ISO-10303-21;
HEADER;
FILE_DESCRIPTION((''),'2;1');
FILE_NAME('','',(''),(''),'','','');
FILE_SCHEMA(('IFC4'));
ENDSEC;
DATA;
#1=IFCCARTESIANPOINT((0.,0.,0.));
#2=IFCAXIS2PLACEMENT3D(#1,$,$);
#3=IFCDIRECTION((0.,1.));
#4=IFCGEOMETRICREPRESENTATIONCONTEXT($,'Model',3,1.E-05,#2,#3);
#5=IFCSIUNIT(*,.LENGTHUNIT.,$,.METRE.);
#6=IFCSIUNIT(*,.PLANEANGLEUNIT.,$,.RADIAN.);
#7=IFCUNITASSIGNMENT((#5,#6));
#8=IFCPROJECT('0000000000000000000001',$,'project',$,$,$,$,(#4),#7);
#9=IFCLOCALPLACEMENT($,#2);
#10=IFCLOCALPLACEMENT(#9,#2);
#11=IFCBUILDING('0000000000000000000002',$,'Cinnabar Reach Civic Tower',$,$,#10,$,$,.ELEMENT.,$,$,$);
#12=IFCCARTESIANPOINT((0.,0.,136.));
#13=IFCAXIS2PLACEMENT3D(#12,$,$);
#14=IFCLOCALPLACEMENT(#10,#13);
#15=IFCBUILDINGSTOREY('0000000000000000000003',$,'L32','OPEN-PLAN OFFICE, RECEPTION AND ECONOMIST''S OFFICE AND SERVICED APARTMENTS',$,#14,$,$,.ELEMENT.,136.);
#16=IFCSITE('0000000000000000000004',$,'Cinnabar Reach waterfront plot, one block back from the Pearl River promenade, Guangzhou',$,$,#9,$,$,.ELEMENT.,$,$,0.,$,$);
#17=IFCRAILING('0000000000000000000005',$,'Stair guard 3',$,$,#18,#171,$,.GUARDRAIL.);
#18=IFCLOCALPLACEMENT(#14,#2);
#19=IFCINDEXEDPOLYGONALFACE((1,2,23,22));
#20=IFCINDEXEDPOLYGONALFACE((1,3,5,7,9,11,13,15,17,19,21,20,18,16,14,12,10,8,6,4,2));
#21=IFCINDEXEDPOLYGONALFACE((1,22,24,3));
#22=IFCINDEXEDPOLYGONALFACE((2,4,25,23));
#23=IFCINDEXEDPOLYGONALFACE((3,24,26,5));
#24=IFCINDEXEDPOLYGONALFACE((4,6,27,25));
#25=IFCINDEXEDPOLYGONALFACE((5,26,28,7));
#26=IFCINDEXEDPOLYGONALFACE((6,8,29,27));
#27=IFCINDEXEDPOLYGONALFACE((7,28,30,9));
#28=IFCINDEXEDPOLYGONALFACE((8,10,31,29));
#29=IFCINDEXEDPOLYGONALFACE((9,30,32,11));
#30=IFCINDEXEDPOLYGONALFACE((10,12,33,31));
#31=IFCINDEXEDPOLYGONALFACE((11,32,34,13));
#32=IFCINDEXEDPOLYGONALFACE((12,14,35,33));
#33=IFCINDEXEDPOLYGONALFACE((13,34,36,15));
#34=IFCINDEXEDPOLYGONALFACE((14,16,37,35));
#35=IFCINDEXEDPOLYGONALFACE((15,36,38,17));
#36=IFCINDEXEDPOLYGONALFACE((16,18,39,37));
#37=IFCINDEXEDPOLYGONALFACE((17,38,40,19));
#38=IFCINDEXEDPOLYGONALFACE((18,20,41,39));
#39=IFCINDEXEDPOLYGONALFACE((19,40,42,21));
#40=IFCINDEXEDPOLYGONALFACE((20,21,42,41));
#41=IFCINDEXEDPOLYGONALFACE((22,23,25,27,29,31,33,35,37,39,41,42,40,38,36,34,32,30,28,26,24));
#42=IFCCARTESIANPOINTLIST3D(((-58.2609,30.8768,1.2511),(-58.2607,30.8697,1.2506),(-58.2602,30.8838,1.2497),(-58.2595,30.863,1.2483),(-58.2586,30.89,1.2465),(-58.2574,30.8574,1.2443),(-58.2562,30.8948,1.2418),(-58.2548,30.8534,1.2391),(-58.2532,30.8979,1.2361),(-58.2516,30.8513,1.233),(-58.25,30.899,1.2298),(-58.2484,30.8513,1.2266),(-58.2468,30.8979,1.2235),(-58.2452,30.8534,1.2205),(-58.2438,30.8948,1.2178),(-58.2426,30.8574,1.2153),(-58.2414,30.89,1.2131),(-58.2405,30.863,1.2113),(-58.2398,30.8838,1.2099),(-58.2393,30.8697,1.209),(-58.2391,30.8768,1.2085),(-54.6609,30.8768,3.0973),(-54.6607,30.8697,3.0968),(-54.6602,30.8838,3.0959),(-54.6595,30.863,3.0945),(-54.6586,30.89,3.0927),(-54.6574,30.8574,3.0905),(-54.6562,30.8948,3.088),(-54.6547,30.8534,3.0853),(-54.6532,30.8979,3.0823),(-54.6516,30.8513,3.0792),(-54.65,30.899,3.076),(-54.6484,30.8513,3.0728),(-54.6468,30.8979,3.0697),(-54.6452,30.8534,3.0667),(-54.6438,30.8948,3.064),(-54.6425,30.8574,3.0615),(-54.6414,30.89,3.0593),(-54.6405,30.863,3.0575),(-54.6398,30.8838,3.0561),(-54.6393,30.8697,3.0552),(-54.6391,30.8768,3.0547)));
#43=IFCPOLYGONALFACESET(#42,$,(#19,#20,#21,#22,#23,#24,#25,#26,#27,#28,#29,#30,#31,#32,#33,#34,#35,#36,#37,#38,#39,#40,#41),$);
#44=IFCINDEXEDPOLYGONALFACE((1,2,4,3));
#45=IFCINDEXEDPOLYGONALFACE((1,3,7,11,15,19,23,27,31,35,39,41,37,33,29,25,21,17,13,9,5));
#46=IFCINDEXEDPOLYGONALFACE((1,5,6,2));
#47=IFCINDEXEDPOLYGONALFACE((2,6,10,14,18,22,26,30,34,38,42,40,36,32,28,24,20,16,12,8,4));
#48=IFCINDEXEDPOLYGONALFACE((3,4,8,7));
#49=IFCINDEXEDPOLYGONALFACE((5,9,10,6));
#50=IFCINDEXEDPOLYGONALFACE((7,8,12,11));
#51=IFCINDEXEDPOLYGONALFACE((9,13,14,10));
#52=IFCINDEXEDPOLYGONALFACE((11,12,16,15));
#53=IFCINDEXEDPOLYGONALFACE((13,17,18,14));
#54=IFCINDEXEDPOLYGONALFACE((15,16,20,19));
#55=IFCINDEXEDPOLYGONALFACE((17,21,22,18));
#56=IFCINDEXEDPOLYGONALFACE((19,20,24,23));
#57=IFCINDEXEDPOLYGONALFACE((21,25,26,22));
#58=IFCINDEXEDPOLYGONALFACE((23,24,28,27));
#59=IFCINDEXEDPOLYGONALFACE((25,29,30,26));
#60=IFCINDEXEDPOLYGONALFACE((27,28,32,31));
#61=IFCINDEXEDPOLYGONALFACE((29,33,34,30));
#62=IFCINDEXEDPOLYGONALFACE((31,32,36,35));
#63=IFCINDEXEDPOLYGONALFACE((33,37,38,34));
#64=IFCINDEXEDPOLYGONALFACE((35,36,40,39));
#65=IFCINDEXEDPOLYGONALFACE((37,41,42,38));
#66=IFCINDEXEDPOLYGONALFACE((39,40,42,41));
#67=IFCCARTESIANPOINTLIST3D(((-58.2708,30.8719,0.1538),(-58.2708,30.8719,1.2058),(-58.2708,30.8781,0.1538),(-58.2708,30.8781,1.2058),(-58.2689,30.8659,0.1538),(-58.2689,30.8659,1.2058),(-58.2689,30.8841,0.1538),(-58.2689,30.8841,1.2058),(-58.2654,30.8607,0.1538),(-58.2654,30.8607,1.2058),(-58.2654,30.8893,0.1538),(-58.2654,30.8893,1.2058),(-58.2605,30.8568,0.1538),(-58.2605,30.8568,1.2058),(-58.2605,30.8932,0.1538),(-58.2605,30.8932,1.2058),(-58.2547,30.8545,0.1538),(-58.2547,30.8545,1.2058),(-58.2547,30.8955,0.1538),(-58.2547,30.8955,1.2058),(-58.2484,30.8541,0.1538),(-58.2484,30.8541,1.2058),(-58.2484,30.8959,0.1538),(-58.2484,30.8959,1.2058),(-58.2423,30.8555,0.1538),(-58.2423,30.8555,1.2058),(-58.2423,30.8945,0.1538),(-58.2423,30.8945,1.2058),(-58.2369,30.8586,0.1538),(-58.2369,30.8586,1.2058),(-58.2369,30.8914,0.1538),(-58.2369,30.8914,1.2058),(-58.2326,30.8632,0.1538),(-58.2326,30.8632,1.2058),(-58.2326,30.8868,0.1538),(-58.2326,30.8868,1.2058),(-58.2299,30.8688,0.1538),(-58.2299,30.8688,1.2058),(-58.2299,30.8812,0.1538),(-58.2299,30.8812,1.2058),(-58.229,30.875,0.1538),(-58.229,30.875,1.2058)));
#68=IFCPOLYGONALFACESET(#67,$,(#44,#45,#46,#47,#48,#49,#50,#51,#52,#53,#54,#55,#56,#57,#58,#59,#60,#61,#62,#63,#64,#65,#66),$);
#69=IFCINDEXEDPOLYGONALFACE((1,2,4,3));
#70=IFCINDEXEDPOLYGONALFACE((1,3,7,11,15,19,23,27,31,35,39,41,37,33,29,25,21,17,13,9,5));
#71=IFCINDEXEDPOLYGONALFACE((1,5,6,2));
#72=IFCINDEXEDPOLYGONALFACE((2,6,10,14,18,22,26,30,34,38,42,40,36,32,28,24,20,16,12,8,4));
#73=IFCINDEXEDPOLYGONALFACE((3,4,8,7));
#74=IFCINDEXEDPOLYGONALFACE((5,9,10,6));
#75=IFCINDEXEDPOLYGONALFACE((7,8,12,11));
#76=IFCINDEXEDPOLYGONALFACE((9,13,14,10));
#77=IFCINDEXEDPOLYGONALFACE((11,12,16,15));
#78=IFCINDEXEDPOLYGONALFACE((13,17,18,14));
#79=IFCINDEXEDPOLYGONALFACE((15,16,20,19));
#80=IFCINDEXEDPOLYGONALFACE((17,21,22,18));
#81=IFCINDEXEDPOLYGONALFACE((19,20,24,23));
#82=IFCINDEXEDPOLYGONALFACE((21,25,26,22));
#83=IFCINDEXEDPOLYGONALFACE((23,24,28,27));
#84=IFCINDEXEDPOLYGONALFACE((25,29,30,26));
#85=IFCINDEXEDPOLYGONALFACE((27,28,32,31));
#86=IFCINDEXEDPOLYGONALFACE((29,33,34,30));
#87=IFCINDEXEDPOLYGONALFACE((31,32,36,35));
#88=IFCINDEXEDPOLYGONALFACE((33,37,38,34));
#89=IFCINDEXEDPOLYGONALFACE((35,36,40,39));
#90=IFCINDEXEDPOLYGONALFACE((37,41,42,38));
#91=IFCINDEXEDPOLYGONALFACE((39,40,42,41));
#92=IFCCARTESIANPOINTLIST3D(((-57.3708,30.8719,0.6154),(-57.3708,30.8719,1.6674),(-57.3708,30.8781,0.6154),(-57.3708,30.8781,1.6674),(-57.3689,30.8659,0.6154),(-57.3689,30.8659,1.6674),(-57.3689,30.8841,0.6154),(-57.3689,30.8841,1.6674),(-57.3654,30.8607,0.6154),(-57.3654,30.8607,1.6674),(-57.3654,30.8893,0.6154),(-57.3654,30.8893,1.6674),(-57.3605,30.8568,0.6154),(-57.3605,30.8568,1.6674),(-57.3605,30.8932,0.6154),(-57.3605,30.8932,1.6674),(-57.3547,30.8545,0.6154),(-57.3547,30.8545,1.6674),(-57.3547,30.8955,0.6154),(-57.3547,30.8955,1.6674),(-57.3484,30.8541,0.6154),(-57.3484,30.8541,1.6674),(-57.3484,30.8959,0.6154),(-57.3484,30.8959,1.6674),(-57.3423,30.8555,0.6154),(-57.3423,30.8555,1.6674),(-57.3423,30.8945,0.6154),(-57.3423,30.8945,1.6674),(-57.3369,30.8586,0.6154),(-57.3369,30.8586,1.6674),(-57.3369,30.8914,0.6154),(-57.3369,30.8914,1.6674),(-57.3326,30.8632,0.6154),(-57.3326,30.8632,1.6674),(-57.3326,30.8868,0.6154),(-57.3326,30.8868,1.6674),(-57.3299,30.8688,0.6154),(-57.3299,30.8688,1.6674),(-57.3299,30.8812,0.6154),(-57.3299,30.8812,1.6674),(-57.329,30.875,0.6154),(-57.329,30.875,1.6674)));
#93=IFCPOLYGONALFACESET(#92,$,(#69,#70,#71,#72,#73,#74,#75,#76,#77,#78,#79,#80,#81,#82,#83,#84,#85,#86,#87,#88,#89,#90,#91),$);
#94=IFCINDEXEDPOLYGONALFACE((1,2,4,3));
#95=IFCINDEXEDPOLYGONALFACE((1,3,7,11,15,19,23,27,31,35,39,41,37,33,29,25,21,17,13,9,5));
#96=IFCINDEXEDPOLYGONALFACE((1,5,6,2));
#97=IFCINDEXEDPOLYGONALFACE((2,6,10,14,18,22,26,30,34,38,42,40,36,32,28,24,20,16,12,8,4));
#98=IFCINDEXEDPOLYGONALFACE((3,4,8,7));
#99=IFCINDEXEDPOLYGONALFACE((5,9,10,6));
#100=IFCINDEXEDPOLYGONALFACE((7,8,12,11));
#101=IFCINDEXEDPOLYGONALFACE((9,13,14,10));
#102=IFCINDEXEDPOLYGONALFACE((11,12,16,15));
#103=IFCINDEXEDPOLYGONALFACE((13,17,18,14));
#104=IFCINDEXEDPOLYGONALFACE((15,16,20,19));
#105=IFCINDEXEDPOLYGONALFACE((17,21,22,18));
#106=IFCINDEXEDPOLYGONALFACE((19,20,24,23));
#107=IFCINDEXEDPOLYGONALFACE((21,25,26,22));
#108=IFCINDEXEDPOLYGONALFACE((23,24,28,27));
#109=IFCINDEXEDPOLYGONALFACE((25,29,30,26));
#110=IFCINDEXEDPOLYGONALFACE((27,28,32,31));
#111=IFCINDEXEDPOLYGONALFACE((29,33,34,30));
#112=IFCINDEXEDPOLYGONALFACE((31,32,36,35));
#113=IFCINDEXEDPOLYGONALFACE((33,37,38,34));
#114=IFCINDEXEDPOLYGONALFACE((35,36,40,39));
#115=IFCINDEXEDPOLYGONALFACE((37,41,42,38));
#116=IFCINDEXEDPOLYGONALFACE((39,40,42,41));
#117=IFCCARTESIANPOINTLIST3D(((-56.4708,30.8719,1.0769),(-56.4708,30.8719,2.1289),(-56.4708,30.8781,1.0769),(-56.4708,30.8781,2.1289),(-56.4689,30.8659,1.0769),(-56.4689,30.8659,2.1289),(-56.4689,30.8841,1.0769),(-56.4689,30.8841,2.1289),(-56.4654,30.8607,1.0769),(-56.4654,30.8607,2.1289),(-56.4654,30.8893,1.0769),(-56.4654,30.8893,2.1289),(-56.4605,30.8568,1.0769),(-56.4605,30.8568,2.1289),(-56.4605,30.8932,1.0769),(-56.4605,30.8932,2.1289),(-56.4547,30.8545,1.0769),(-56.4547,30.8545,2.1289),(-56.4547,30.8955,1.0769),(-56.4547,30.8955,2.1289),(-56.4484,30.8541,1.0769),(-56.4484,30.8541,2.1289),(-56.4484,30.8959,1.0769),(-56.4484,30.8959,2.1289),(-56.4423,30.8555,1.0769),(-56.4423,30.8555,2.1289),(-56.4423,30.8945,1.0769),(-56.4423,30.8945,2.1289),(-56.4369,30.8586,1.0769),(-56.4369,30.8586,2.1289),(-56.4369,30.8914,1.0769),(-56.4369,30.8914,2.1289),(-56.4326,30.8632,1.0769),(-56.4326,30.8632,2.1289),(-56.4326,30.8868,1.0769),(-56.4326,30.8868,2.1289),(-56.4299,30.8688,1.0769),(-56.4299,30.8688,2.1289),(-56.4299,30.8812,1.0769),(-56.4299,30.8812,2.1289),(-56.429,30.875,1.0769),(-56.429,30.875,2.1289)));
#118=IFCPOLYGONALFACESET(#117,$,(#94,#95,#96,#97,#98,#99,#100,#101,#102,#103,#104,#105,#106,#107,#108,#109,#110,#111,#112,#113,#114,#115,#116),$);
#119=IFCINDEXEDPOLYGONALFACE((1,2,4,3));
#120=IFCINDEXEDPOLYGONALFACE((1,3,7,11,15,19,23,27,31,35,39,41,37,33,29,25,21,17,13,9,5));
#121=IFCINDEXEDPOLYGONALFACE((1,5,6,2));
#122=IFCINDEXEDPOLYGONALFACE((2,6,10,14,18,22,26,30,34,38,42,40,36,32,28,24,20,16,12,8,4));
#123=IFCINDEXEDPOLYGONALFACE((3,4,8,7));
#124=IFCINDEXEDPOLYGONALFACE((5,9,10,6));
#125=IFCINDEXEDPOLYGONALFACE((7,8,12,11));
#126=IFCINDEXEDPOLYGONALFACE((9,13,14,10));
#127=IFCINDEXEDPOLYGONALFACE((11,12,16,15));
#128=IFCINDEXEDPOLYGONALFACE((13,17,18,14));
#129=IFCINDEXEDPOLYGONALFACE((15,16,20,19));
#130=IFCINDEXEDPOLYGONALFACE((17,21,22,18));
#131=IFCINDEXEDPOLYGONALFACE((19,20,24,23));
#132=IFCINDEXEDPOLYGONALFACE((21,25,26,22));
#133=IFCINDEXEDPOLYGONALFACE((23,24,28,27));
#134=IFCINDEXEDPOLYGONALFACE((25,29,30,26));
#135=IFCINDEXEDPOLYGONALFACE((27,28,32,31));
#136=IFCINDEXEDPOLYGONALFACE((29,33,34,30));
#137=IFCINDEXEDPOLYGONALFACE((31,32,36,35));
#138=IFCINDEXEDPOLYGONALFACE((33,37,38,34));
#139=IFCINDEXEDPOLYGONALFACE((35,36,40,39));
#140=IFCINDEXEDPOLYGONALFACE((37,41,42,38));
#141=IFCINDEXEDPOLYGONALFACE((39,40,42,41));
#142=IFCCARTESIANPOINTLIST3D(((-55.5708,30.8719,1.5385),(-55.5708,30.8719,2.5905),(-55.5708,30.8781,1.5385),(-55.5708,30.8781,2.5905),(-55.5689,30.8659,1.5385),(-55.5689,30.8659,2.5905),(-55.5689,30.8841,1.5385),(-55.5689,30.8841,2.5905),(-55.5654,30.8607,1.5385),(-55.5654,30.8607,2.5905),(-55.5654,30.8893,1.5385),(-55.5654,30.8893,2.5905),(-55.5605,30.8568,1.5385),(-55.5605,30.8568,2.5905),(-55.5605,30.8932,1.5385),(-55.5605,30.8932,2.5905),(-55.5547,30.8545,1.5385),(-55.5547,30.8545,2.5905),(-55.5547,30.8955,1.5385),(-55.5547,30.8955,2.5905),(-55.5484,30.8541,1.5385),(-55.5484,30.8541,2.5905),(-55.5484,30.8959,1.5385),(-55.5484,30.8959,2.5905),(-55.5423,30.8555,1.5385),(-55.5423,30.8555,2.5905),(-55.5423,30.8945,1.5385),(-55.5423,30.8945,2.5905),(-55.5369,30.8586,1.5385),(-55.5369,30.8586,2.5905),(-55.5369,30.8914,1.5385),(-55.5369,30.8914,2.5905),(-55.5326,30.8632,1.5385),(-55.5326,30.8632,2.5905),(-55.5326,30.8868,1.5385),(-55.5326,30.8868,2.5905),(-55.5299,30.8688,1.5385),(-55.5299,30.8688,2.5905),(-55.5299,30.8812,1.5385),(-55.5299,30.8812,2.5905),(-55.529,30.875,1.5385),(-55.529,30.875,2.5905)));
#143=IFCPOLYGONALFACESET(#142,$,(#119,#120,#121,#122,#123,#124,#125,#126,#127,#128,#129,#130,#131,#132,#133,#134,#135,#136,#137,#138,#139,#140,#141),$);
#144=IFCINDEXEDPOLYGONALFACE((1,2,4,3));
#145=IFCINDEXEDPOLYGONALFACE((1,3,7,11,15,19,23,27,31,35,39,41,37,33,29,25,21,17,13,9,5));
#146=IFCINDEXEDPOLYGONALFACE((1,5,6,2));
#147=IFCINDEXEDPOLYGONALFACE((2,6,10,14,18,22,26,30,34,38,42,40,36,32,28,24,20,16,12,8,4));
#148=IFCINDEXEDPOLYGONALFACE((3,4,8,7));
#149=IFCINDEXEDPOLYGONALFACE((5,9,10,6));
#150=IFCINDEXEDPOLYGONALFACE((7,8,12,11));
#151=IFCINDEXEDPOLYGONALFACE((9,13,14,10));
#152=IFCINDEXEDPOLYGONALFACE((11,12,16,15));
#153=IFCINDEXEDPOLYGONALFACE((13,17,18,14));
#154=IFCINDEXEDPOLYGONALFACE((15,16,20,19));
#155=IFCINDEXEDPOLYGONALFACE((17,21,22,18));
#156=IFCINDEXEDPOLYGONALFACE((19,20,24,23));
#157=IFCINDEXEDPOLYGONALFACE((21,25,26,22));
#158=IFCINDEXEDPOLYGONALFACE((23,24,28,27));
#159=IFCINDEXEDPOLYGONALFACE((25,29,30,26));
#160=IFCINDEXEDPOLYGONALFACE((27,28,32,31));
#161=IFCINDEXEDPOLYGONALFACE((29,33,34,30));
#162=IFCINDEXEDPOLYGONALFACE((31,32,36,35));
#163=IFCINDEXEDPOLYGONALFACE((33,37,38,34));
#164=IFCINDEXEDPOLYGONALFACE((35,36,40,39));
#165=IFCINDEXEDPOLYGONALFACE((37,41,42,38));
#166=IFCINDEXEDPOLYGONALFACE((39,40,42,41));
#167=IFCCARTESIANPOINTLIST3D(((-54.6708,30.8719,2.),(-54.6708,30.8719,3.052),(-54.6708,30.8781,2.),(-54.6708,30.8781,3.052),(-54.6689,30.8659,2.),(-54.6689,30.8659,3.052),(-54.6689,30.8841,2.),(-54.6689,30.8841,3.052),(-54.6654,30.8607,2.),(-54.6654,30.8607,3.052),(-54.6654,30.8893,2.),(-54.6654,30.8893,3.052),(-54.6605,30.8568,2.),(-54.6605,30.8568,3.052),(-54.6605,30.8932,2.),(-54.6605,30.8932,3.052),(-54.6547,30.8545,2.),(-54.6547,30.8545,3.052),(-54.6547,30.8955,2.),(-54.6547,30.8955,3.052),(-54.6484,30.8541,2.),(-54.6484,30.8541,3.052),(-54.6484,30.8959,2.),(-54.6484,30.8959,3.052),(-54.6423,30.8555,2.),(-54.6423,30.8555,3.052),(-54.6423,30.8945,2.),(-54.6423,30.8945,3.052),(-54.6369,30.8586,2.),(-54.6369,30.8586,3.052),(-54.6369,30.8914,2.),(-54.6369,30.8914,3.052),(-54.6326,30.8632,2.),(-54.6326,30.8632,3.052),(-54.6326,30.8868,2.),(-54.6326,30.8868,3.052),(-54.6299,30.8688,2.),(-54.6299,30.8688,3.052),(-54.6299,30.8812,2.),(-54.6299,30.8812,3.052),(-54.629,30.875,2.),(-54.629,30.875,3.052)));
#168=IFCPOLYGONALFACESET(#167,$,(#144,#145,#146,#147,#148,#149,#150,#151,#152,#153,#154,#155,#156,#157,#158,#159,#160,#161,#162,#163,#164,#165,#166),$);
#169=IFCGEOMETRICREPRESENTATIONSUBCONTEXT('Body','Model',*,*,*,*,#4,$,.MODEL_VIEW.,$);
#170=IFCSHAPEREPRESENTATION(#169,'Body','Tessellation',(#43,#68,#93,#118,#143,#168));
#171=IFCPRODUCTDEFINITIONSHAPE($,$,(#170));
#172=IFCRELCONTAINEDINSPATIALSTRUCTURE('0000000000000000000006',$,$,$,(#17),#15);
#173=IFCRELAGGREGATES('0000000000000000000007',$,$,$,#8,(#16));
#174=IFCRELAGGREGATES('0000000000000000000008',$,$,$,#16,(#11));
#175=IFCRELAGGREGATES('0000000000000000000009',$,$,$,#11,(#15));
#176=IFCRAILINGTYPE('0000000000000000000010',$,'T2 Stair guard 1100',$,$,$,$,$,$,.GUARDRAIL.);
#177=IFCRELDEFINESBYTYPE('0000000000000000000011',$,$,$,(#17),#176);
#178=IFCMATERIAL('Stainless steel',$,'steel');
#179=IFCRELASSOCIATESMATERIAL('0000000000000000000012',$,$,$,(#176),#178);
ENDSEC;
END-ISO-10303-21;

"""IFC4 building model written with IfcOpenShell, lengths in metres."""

from ifc_helpers import new_model, si_unit, direction, frame, origin, origin_2d, place, context, subcontext, project, spatial, circle, extrude, material, type_object, element, save


model = new_model("IFC4")

# Units and contexts
model_context = context("Model", 3, precision=1e-05, world=origin(), true_north=direction((0.0, 1.0)))
body_context = subcontext(model_context, "Body", "Model", "MODEL_VIEW")
ifc_project = project(units=[si_unit("LENGTHUNIT", "METRE"), si_unit("PLANEANGLEUNIT", "RADIAN")], contexts=[model_context])

# Site, building, storey
site_placement = place(None, origin())
site = spatial("IfcSite", under=ifc_project, at=site_placement, Name="Cinnabar Reach waterfront plot, one block back from the Pearl River promenade, Guangzhou", CompositionType="ELEMENT", RefElevation=0.0)
building_placement = place(site_placement, origin())
building = spatial("IfcBuilding", under=site, at=building_placement, Name="Cinnabar Reach Civic Tower", CompositionType="ELEMENT")
storey_placement = place(building_placement, frame((0.0, 0.0, 136.0)))
storey = spatial("IfcBuildingStorey", under=building, at=storey_placement, Name="L32", Description="OPEN-PLAN OFFICE, RECEPTION AND ECONOMIST'S OFFICE AND SERVICED APARTMENTS", CompositionType="ELEMENT", Elevation=136.0)

# Railing
ifc_material_1 = material(Name="Stainless steel", Category="steel")
railing_type = type_object("IfcRailingType", Name="T2 Stair guard 1100", PredefinedType="GUARDRAIL", material=ifc_material_1)
railing_1_placement = place(storey_placement, frame((-58.25, 30.875, 0.1538)))
element("IfcRailing", 1, at=railing_1_placement, inside=storey, type_object=railing_type, Name="Stair guard 3", PredefinedType="GUARDRAIL", context=body_context, shape_type="SweptSolid", body=[
    extrude(circle(Radius=0.024, at=origin_2d()), frame((0.0, 0.0, 1.076), z_axis=(0.889813, 0.0, 0.456326), x_axis=(0.0, 1.0, 0.0)), (0.0, 0.0, 1.0), 4.0458),
    extrude(circle(Radius=0.021, at=origin_2d()), origin(), (0.0, 0.0, 1.0), 1.052),
    extrude(circle(Radius=0.021, at=origin_2d()), frame((0.9, 0.0, 0.4616)), (0.0, 0.0, 1.0), 1.052),
    extrude(circle(Radius=0.021, at=origin_2d()), frame((1.8, 0.0, 0.9231)), (0.0, 0.0, 1.0), 1.052),
    extrude(circle(Radius=0.021, at=origin_2d()), frame((2.7, 0.0, 1.3847)), (0.0, 0.0, 1.0), 1.052),
    extrude(circle(Radius=0.021, at=origin_2d()), frame((3.6, 0.0, 1.8462)), (0.0, 0.0, 1.0), 1.052),
])

save(model, "model.ifc")
